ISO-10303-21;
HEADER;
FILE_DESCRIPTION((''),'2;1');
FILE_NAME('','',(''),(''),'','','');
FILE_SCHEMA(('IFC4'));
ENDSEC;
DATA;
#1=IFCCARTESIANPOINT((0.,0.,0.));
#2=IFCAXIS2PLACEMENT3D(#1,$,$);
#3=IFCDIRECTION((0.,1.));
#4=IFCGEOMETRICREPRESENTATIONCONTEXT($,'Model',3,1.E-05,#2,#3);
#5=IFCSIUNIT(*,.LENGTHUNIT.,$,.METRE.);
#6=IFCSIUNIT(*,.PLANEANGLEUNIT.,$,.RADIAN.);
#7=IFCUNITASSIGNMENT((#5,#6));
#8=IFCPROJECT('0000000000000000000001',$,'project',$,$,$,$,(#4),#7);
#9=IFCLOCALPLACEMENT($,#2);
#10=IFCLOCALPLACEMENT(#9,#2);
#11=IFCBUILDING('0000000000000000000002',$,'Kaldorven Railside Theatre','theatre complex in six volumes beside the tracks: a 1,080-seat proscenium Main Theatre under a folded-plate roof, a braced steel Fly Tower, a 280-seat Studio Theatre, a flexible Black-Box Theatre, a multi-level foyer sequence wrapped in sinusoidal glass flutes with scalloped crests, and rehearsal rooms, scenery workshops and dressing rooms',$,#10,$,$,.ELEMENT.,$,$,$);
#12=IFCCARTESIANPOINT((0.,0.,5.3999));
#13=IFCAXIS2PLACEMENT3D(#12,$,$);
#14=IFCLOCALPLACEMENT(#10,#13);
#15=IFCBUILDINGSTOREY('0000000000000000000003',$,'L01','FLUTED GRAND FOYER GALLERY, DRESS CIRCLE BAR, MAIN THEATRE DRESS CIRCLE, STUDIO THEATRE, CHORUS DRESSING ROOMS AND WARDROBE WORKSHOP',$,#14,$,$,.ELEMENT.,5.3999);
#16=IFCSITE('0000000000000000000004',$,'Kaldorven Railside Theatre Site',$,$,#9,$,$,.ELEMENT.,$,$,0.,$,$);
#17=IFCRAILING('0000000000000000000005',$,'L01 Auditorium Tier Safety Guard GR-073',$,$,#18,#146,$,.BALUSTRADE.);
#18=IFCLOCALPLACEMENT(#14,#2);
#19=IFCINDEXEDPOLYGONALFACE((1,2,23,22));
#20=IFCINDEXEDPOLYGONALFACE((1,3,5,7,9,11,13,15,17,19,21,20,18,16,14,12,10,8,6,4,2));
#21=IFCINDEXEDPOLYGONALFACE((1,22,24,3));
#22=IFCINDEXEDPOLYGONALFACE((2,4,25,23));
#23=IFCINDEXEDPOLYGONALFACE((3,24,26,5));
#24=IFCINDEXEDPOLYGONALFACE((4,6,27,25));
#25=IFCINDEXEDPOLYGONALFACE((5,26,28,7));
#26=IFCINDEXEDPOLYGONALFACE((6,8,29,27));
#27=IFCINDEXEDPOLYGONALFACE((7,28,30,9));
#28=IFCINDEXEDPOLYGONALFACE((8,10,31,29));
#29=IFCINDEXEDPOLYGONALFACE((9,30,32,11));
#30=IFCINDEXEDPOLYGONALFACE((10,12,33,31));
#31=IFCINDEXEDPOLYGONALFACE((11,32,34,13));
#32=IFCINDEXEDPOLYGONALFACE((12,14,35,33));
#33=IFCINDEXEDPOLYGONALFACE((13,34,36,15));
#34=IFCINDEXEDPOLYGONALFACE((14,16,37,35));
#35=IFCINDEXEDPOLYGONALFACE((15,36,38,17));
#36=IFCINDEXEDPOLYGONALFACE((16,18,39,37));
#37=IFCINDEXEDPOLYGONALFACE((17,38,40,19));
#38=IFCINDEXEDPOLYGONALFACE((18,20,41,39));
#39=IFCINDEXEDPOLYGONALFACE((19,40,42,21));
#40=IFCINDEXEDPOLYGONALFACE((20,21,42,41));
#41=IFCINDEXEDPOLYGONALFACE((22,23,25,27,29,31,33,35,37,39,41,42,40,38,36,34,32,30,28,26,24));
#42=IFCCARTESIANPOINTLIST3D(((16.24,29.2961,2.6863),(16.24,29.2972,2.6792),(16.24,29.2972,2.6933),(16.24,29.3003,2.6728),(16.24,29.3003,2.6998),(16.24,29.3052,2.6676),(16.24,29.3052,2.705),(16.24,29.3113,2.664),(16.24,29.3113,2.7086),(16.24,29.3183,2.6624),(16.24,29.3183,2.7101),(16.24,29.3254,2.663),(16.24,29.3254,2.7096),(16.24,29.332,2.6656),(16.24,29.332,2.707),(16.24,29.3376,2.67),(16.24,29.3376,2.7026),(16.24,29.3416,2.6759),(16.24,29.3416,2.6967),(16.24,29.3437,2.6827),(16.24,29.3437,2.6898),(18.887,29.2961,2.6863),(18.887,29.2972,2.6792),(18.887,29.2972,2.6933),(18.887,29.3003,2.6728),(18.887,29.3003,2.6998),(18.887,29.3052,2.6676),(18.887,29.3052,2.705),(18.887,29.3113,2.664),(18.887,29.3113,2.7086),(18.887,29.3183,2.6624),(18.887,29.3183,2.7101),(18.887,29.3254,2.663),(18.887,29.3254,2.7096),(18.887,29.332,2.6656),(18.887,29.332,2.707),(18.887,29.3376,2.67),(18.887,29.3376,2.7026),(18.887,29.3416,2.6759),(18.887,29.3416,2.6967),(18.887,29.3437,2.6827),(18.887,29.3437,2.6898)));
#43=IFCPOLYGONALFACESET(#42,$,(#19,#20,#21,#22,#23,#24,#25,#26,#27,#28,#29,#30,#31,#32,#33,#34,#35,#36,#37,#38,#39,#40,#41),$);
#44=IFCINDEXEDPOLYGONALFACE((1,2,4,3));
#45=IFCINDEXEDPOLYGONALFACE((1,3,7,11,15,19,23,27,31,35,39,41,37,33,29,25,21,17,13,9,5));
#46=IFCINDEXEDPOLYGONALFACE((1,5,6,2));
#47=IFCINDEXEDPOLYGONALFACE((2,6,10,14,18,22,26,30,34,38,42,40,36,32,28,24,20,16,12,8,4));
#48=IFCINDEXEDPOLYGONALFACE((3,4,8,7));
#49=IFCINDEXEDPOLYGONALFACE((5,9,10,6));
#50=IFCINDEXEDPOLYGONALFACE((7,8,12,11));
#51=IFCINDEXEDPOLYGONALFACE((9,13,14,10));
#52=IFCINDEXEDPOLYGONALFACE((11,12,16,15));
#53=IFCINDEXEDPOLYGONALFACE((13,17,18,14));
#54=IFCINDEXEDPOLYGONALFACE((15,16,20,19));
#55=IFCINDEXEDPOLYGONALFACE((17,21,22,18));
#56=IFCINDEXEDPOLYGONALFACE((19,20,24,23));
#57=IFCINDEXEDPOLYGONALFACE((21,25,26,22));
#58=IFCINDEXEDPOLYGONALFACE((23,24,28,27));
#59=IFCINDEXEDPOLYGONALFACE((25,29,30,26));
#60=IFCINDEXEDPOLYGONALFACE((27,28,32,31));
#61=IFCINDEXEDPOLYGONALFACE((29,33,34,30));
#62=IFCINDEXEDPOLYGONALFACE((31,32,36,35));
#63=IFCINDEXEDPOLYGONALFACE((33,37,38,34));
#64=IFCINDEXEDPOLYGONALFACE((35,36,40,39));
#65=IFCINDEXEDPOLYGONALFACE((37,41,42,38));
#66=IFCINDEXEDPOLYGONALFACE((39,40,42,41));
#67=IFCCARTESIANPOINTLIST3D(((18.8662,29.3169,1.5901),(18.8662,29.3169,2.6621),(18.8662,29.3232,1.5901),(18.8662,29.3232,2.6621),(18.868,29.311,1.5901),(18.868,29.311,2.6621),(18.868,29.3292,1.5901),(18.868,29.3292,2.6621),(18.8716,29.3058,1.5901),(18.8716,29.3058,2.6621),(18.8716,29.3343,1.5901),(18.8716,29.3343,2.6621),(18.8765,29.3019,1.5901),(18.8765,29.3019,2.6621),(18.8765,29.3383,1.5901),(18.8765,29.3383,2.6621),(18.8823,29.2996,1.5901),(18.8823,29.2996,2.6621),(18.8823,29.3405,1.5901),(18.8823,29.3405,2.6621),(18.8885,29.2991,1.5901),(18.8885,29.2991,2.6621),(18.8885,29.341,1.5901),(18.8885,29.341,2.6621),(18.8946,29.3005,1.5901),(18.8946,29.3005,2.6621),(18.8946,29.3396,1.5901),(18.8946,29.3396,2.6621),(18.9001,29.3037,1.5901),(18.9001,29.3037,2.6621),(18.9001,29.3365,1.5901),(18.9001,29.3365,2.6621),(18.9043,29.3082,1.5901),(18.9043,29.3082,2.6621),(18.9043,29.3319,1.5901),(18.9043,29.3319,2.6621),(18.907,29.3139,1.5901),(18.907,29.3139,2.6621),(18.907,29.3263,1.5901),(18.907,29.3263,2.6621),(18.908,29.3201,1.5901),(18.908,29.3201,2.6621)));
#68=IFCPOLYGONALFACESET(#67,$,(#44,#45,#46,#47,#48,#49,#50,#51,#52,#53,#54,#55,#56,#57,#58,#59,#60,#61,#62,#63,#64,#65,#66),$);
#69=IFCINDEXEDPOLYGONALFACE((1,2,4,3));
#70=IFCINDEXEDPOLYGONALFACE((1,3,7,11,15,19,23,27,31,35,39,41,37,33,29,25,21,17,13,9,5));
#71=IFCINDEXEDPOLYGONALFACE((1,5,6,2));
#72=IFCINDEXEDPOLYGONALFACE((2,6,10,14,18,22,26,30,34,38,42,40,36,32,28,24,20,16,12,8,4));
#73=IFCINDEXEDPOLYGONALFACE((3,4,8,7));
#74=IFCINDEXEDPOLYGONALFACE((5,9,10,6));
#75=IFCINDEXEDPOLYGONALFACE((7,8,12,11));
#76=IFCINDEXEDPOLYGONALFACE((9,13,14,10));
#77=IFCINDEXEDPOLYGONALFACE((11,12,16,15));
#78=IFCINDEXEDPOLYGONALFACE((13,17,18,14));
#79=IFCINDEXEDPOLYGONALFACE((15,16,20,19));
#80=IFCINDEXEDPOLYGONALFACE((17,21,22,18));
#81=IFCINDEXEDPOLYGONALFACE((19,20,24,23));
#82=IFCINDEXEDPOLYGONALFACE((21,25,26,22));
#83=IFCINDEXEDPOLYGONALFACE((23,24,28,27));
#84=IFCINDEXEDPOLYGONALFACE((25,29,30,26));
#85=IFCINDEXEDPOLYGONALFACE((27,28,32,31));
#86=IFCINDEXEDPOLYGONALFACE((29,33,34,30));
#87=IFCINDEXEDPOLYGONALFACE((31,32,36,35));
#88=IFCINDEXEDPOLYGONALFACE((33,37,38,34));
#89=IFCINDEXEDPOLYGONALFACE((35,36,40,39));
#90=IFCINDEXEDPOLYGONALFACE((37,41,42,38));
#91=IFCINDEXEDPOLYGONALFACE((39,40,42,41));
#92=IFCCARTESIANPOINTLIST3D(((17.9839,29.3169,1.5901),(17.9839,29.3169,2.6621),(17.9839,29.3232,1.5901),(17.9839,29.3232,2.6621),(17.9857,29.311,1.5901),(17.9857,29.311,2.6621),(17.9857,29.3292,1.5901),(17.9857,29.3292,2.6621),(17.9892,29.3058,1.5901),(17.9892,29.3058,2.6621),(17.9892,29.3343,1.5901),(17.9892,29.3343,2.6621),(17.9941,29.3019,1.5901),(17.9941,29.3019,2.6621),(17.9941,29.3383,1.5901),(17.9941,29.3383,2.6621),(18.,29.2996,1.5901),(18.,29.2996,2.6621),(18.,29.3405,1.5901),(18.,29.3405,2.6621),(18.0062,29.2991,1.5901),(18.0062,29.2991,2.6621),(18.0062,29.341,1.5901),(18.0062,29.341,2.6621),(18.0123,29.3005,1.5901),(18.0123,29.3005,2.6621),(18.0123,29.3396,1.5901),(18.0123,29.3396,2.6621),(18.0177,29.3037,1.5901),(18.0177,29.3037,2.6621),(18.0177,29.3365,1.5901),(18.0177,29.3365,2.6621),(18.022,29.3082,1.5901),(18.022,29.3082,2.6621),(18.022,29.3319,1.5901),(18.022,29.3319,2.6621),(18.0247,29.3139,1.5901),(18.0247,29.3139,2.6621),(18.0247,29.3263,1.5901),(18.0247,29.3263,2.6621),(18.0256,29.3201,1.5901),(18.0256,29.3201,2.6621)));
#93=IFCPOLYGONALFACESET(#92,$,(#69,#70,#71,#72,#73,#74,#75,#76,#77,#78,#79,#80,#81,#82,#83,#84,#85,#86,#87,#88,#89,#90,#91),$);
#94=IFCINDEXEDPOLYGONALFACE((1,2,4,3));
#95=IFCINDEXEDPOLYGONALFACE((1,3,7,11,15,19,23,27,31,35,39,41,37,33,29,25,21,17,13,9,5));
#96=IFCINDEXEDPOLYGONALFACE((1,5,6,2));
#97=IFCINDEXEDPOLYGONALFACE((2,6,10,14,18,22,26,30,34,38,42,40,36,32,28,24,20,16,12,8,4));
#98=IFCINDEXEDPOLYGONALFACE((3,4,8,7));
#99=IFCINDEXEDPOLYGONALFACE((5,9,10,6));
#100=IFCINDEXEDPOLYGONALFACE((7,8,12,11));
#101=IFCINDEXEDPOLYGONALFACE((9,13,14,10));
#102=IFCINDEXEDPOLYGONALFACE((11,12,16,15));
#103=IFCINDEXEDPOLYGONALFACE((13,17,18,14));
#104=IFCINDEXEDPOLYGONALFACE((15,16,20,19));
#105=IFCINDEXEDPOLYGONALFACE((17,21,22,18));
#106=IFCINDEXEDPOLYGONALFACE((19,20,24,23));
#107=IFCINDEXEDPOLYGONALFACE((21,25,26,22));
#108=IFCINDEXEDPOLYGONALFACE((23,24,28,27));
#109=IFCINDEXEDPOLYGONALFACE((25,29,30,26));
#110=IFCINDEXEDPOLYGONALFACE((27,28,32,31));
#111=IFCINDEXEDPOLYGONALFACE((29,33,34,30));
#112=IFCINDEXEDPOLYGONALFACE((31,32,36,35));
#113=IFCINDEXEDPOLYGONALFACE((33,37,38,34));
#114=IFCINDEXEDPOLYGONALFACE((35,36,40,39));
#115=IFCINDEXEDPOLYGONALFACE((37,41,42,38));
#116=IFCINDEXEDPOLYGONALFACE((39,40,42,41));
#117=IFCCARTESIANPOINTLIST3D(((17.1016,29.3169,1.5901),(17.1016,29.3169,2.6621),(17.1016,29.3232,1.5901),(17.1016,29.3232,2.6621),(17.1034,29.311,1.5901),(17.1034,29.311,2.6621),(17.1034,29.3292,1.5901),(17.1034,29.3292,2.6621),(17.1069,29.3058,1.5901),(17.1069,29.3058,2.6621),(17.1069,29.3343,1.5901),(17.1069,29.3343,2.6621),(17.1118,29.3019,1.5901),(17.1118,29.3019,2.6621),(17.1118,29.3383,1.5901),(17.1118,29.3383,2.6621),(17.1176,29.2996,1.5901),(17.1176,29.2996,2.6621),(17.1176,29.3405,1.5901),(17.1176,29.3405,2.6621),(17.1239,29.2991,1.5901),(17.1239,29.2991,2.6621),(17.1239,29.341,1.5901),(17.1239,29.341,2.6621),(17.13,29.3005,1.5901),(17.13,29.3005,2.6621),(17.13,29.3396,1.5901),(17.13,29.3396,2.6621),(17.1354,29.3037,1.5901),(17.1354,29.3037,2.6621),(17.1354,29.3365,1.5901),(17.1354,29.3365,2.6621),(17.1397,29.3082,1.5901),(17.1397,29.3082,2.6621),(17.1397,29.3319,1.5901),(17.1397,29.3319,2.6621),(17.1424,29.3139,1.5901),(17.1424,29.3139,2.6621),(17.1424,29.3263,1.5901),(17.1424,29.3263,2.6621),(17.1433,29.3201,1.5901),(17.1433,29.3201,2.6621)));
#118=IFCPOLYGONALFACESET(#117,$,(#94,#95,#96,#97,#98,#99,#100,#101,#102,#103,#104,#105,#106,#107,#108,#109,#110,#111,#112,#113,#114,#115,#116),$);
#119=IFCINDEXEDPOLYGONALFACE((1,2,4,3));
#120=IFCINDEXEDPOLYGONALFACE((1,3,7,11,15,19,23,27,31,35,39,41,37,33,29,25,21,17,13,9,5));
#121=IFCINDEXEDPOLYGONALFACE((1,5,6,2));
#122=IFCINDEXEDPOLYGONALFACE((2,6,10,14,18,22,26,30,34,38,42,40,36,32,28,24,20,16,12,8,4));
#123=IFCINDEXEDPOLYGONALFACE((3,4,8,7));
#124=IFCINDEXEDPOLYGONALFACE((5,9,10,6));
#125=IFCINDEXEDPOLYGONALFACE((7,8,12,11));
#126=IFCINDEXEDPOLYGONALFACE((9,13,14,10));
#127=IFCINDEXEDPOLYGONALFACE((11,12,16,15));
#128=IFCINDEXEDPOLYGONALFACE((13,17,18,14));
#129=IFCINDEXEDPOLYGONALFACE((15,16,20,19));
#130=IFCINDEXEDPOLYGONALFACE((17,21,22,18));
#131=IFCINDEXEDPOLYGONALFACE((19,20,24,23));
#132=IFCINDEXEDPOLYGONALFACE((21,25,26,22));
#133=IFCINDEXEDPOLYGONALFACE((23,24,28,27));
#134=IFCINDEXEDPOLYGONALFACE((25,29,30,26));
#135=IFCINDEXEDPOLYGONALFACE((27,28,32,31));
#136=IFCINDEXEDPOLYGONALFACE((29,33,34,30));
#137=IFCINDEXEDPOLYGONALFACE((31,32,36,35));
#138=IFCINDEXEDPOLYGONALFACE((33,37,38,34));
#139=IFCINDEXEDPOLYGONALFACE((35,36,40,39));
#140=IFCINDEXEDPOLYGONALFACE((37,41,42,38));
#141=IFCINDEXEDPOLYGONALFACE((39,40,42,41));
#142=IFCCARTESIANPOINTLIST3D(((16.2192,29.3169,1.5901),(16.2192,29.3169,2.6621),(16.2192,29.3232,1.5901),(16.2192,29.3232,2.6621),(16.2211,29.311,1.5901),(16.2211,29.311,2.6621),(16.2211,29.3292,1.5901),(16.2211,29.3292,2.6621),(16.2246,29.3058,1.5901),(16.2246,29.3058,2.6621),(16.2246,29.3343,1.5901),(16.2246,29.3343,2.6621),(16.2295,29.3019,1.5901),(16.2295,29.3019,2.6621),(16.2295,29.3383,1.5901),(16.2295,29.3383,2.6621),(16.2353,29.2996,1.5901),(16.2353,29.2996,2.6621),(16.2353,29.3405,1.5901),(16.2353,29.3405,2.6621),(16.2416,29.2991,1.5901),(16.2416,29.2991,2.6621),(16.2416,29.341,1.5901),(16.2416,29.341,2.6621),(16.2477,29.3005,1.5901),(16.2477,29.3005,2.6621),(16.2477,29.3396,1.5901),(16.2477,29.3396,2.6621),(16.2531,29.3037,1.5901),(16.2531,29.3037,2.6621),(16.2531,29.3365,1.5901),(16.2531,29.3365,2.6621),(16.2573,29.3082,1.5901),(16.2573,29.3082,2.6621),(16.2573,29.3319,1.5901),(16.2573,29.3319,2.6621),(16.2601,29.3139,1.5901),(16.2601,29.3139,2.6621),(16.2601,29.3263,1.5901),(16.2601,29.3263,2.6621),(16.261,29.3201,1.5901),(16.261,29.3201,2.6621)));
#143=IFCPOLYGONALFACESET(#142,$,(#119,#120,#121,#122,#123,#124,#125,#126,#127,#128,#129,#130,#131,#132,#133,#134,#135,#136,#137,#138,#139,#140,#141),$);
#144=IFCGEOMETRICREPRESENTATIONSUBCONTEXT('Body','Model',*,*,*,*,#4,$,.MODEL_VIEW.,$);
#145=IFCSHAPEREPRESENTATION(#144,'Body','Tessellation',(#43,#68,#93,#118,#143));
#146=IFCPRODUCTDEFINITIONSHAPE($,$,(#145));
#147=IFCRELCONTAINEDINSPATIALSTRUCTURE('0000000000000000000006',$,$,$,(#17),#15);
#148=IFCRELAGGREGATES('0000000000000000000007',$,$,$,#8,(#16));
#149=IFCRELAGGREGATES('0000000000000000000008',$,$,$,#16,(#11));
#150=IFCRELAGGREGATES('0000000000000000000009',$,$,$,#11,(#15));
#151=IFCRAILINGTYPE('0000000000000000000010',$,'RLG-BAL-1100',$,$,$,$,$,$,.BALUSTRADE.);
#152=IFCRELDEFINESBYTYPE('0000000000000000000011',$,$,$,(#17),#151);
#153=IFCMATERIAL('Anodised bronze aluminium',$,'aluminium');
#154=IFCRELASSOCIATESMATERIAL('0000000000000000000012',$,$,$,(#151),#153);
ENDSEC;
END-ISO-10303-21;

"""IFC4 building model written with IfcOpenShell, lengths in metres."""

from ifc_helpers import new_model, si_unit, direction, frame, origin, origin_2d, place, context, subcontext, project, spatial, circle, extrude, material, type_object, element, save


model = new_model("IFC4")

# Units and contexts
model_context = context("Model", 3, precision=1e-05, world=origin(), true_north=direction((0.0, 1.0)))
body_context = subcontext(model_context, "Body", "Model", "MODEL_VIEW")
ifc_project = project(units=[si_unit("LENGTHUNIT", "METRE"), si_unit("PLANEANGLEUNIT", "RADIAN")], contexts=[model_context])

# Site, building, storey
site_placement = place(None, origin())
site = spatial("IfcSite", under=ifc_project, at=site_placement, Name="Kaldorven Railside Theatre Site", CompositionType="ELEMENT", RefElevation=0.0)
building_placement = place(site_placement, origin())
building = spatial("IfcBuilding", under=site, at=building_placement, Name="Kaldorven Railside Theatre", Description="theatre complex in six volumes beside the tracks: a 1,080-seat proscenium Main Theatre under a folded-plate roof, a braced steel Fly Tower, a 280-seat Studio Theatre, a flexible Black-Box Theatre, a multi-level foyer sequence wrapped in sinusoidal glass flutes with scalloped crests, and rehearsal rooms, scenery workshops and dressing rooms", CompositionType="ELEMENT")
storey_placement = place(building_placement, frame((0.0, 0.0, 5.3999)))
storey = spatial("IfcBuildingStorey", under=building, at=storey_placement, Name="L01", Description="FLUTED GRAND FOYER GALLERY, DRESS CIRCLE BAR, MAIN THEATRE DRESS CIRCLE, STUDIO THEATRE, CHORUS DRESSING ROOMS AND WARDROBE WORKSHOP", CompositionType="ELEMENT", Elevation=5.3999)

# Railing
ifc_material_1 = material(Name="Anodised bronze aluminium", Category="aluminium")
railing_type = type_object("IfcRailingType", Name="RLG-BAL-1100", PredefinedType="BALUSTRADE", material=ifc_material_1)
for number, where, name in (
    (1, (18.887, 29.3201, 1.5901), "L01 Auditorium Tier Safety Guard GR-073"),
):
    element("IfcRailing", number, at=place(storey_placement, frame(where)), inside=storey, type_object=railing_type, Name=name, PredefinedType="BALUSTRADE", context=body_context, shape_type="SweptSolid", body=[
        extrude(circle(Radius=0.0239, at=origin_2d()), frame((0.0, 0.0, 1.0962), z_axis=(-1.0, 0.0, 0.0), x_axis=(0.0, -1.0, 0.0)), (0.0, 0.0, 1.0), 2.647),
        extrude(circle(Radius=0.021, at=origin_2d()), origin(), (0.0, 0.0, 1.0), 1.072),
        extrude(circle(Radius=0.021, at=origin_2d()), frame((-0.8823, 0.0, 0.0)), (0.0, 0.0, 1.0), 1.072),
        extrude(circle(Radius=0.021, at=origin_2d()), frame((-1.7646, 0.0, 0.0)), (0.0, 0.0, 1.0), 1.072),
        extrude(circle(Radius=0.021, at=origin_2d()), frame((-2.647, 0.0, 0.0)), (0.0, 0.0, 1.0), 1.072),
    ])

save(model, "model.ifc")
